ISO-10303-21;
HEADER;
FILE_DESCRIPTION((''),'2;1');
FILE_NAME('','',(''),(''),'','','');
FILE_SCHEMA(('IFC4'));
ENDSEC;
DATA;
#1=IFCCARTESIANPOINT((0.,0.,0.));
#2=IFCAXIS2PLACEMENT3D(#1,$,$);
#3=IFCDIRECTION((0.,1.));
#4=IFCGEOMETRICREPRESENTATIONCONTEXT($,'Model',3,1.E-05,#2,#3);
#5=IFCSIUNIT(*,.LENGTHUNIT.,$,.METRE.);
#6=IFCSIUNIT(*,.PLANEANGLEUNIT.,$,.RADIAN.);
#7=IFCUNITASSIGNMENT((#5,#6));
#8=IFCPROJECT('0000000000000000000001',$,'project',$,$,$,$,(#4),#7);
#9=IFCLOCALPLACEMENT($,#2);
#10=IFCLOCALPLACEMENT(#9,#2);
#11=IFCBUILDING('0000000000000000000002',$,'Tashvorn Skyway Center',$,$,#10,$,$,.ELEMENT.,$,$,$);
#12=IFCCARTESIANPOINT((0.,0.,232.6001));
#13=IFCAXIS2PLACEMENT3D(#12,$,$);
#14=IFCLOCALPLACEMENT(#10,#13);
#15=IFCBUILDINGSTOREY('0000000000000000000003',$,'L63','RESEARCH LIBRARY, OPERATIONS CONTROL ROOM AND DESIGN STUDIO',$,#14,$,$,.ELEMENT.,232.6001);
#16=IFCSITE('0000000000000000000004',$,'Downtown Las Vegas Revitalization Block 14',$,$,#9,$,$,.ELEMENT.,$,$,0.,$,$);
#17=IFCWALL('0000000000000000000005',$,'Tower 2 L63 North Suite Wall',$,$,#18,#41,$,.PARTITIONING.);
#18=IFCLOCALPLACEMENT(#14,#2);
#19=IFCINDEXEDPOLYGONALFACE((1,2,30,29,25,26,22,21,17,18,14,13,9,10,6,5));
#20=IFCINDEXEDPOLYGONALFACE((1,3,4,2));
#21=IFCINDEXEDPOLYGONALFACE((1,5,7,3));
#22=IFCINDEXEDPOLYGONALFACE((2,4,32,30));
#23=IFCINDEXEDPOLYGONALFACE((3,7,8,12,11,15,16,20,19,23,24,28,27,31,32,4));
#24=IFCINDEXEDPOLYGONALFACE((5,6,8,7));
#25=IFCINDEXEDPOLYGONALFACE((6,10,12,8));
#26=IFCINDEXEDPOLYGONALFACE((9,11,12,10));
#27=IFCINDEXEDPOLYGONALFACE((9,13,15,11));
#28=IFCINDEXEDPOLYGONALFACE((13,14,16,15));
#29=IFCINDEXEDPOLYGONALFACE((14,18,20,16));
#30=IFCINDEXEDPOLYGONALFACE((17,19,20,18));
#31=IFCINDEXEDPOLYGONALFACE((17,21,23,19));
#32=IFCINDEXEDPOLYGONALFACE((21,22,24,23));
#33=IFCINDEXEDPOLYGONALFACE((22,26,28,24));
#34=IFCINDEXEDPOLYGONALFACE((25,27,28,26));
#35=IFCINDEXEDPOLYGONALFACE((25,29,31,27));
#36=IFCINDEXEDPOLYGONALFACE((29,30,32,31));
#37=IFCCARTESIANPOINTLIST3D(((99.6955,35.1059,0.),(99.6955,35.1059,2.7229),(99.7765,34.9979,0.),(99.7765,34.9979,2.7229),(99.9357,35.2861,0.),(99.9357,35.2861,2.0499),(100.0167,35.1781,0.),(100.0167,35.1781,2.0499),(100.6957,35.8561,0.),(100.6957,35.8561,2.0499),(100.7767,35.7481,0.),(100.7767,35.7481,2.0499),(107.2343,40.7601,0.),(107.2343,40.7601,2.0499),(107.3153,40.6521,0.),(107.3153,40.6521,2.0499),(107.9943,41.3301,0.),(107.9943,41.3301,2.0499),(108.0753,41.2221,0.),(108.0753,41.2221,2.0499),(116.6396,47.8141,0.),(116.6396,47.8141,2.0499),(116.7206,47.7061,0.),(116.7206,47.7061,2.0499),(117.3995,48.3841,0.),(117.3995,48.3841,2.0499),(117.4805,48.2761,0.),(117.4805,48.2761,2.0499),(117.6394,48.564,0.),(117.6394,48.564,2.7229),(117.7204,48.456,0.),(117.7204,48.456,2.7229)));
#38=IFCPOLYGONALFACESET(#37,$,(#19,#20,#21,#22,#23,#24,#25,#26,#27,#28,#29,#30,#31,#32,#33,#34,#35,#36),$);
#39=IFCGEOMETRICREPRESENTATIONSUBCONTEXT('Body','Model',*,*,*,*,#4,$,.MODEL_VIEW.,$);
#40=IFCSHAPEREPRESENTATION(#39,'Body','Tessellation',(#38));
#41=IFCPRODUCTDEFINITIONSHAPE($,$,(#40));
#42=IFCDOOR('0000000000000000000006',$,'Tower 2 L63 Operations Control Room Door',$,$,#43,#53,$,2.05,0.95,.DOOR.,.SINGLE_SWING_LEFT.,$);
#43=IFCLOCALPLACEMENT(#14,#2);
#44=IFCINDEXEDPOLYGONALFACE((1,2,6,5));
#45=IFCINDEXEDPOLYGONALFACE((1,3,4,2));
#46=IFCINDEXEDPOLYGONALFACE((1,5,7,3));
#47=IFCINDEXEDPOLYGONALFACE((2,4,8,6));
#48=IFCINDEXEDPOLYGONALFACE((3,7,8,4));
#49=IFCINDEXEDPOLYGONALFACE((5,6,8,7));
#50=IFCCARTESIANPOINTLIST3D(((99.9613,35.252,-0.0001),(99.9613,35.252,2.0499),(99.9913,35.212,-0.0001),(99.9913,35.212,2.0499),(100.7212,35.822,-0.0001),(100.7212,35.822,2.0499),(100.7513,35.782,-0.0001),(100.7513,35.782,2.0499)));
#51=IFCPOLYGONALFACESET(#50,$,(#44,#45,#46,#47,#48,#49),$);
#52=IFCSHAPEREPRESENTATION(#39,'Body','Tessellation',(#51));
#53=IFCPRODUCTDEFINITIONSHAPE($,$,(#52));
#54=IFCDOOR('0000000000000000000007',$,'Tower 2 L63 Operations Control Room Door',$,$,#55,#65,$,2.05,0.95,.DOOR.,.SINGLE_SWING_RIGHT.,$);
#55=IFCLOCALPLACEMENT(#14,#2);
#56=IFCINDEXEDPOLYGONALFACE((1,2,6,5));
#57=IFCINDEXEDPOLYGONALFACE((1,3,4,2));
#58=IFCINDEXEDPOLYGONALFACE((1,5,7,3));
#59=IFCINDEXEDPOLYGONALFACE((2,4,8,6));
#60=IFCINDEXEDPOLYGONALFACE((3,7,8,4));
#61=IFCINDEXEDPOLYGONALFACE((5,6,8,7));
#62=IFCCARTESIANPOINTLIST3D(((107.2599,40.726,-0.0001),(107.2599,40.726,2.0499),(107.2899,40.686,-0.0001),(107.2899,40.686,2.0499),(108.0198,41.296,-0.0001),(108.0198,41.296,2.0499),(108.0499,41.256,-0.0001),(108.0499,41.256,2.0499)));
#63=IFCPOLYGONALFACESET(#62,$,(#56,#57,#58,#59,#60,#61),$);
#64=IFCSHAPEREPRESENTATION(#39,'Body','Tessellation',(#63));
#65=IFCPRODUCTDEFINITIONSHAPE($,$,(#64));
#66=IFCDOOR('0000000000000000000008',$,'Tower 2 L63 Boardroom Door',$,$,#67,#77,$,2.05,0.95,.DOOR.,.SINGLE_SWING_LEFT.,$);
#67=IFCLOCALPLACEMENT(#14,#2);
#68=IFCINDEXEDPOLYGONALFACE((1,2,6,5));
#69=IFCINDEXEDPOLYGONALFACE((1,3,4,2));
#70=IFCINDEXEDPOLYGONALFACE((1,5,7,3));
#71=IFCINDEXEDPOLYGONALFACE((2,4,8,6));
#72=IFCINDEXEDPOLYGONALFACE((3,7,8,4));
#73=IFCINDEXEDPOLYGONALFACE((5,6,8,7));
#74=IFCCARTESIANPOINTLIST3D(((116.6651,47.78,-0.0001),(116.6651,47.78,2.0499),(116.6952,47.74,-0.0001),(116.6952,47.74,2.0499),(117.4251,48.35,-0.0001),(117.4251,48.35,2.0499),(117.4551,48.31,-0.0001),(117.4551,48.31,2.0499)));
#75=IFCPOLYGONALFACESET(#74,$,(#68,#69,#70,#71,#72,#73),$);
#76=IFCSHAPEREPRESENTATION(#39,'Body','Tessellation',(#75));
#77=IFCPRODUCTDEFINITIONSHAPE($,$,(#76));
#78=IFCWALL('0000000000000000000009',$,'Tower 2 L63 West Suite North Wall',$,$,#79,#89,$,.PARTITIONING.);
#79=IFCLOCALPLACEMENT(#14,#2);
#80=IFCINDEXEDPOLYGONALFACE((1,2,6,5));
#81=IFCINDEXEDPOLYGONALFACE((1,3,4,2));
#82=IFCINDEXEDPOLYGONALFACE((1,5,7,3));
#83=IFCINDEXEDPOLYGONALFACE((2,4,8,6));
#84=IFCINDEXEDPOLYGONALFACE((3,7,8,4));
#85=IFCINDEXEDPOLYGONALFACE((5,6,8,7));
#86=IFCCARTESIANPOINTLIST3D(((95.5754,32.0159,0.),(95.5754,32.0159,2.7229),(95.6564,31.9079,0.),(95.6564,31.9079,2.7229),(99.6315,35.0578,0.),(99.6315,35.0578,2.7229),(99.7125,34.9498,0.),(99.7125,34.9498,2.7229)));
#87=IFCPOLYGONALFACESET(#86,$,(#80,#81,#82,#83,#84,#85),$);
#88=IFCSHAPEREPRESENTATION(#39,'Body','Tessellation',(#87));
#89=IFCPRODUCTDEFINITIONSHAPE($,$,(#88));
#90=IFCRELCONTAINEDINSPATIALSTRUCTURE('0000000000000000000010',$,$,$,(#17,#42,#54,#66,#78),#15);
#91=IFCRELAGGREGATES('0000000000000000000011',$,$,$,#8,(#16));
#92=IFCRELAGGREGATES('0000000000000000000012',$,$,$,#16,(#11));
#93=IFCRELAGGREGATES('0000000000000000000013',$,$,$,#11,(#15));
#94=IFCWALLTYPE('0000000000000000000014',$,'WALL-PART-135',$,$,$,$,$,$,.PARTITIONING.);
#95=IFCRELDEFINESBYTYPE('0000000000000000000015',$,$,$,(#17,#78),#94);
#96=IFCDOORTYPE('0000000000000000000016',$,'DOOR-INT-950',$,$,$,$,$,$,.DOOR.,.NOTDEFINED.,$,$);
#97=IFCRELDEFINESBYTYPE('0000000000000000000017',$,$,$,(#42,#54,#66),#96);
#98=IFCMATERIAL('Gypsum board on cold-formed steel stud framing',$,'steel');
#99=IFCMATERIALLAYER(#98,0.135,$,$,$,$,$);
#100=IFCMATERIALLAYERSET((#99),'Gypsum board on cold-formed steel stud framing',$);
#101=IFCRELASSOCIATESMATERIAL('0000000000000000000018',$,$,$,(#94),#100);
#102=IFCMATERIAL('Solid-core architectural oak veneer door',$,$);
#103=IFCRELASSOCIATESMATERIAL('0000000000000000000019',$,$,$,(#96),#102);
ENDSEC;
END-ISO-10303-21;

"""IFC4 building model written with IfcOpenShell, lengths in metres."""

from ifc_helpers import new_model, si_unit, direction, frame, frame_2d, origin, place, context, subcontext, project, spatial, rectangle, extrude, material, layer, layer_set, type_object, element, fill, save


model = new_model("IFC4")

# Units and contexts
model_context = context("Model", 3, precision=1e-05, world=origin(), true_north=direction((0.0, 1.0)))
body_context = subcontext(model_context, "Body", "Model", "MODEL_VIEW")
ifc_project = project(units=[si_unit("LENGTHUNIT", "METRE"), si_unit("PLANEANGLEUNIT", "RADIAN")], contexts=[model_context])

# Site, building, storey
site_placement = place(None, origin())
site = spatial("IfcSite", under=ifc_project, at=site_placement, Name="Downtown Las Vegas Revitalization Block 14", CompositionType="ELEMENT", RefElevation=0.0)
building_placement = place(site_placement, origin())
building = spatial("IfcBuilding", under=site, at=building_placement, Name="Tashvorn Skyway Center", CompositionType="ELEMENT")
storey_placement = place(building_placement, frame((0.0, 0.0, 232.6001)))
storey = spatial("IfcBuildingStorey", under=building, at=storey_placement, Name="L63", Description="RESEARCH LIBRARY, OPERATIONS CONTROL ROOM AND DESIGN STUDIO", CompositionType="ELEMENT", Elevation=232.6001)

# Wall, openings, doors
ifc_material_1 = material(Name="Gypsum board on cold-formed steel stud framing", Category="steel")
ifc_layer_1 = layer(ifc_material_1, 0.135)
ifc_layer_set_1 = layer_set([ifc_layer_1], Name="Gypsum board on cold-formed steel stud framing")
wall_type_1 = type_object("IfcWallType", Name="WALL-PART-135", PredefinedType="PARTITIONING", material=ifc_layer_set_1)
wall_1_placement = place(storey_placement, frame((99.7361, 35.052, 0.0), z_axis=(0.0, 0.0, 1.0), x_axis=(0.799997, 0.600003, 0.0)))
wall_1 = element("IfcWall", 1, at=wall_1_placement, inside=storey, type_object=wall_type_1, Name="Tower 2 L63 North Suite Wall", PredefinedType="PARTITIONING", context=body_context, shape_type="SweptSolid", body=[
    extrude(rectangle(XDim=22.4299, YDim=0.135, at=frame_2d((11.2148, 0.0))), origin(), (0.0, 0.0, 1.0), 2.7229),
])
opening_1_placement = place(wall_1_placement, frame((0.3, 0.0, 0.0)))
opening_1 = element("IfcOpeningElement", 2, at=opening_1_placement, cuts=wall_1, PredefinedType="OPENING", context=body_context, shape_type="SweptSolid", body=[
    extrude(rectangle(XDim=0.95, YDim=2.05, at=frame_2d((0.4751, 1.0249))), frame((0.0, 0.0774, 0.0), z_axis=(0.0, -1.0, 0.0), x_axis=(1.0, 0.0, 0.0)), (0.0, 0.0, 1.0), 0.155),
])
opening_2_placement = place(wall_1_placement, frame((9.4233, 0.0, 0.0)))
opening_2 = element("IfcOpeningElement", 3, at=opening_2_placement, cuts=wall_1, PredefinedType="OPENING", context=body_context, shape_type="SweptSolid", body=[
    extrude(rectangle(XDim=0.95, YDim=2.05, at=frame_2d((0.4751, 1.0249))), frame((0.0, 0.0774, 0.0), z_axis=(0.0, -1.0, 0.0), x_axis=(1.0, 0.0, 0.0)), (0.0, 0.0, 1.0), 0.155),
])
opening_3_placement = place(wall_1_placement, frame((21.1799, 0.0, 0.0)))
opening_3 = element("IfcOpeningElement", 4, at=opening_3_placement, cuts=wall_1, PredefinedType="OPENING", context=body_context, shape_type="SweptSolid", body=[
    extrude(rectangle(XDim=0.95, YDim=2.05, at=frame_2d((0.4751, 1.0249))), frame((0.0, 0.0774, 0.0), z_axis=(0.0, -1.0, 0.0), x_axis=(1.0, 0.0, 0.0)), (0.0, 0.0, 1.0), 0.155),
])
ifc_material_2 = material(Name="Solid-core architectural oak veneer door")
door_type_1 = type_object("IfcDoorType", Name="DOOR-INT-950", OperationType="NOTDEFINED", PredefinedType="DOOR", material=ifc_material_2)
door_1_placement = place(opening_1_placement, origin())
door_1 = element("IfcDoor", 5, at=door_1_placement, inside=storey, type_object=door_type_1, Name="Tower 2 L63 Operations Control Room Door", OperationType="SINGLE_SWING_LEFT", OverallHeight=2.05, OverallWidth=0.95, PredefinedType="DOOR", context=body_context, shape_type="SweptSolid", body=[
    extrude(rectangle(XDim=0.95, YDim=2.05, at=frame_2d((0.4751, 1.0249))), frame((0.0, 0.0249, 0.0), z_axis=(0.0, -1.0, 0.0), x_axis=(1.0, 0.0, 0.0)), (0.0, 0.0, 1.0), 0.05),
])
fill(opening_1, door_1)
door_2_placement = place(opening_2_placement, origin())
door_2 = element("IfcDoor", 6, at=door_2_placement, inside=storey, type_object=door_type_1, Name="Tower 2 L63 Operations Control Room Door", OperationType="SINGLE_SWING_RIGHT", OverallHeight=2.05, OverallWidth=0.95, PredefinedType="DOOR", context=body_context, shape_type="SweptSolid", body=[
    extrude(rectangle(XDim=0.95, YDim=2.05, at=frame_2d((0.4751, 1.0249))), frame((0.0, 0.0249, 0.0), z_axis=(0.0, -1.0, 0.0), x_axis=(1.0, 0.0, 0.0)), (0.0, 0.0, 1.0), 0.05),
])
fill(opening_2, door_2)
door_3_placement = place(opening_3_placement, origin())
door_3 = element("IfcDoor", 7, at=door_3_placement, inside=storey, type_object=door_type_1, Name="Tower 2 L63 Boardroom Door", OperationType="SINGLE_SWING_LEFT", OverallHeight=2.05, OverallWidth=0.95, PredefinedType="DOOR", context=body_context, shape_type="SweptSolid", body=[
    extrude(rectangle(XDim=0.95, YDim=2.05, at=frame_2d((0.4751, 1.0249))), frame((0.0, 0.0249, 0.0), z_axis=(0.0, -1.0, 0.0), x_axis=(1.0, 0.0, 0.0)), (0.0, 0.0, 1.0), 0.05),
])
fill(opening_3, door_3)

# Wall
wall_2_placement = place(storey_placement, frame((99.6721, 35.0039, 0.0), z_axis=(0.0, 0.0, 1.0), x_axis=(-0.800012, -0.599985, 0.0)))
element("IfcWall", 8, at=wall_2_placement, inside=storey, type_object=wall_type_1, Name="Tower 2 L63 West Suite North Wall", PredefinedType="PARTITIONING", context=body_context, shape_type="SweptSolid", body=[
    extrude(rectangle(XDim=5.0701, YDim=0.135, at=frame_2d((2.5352, 0.0))), origin(), (0.0, 0.0, 1.0), 2.7229),
])

save(model, "model.ifc")
